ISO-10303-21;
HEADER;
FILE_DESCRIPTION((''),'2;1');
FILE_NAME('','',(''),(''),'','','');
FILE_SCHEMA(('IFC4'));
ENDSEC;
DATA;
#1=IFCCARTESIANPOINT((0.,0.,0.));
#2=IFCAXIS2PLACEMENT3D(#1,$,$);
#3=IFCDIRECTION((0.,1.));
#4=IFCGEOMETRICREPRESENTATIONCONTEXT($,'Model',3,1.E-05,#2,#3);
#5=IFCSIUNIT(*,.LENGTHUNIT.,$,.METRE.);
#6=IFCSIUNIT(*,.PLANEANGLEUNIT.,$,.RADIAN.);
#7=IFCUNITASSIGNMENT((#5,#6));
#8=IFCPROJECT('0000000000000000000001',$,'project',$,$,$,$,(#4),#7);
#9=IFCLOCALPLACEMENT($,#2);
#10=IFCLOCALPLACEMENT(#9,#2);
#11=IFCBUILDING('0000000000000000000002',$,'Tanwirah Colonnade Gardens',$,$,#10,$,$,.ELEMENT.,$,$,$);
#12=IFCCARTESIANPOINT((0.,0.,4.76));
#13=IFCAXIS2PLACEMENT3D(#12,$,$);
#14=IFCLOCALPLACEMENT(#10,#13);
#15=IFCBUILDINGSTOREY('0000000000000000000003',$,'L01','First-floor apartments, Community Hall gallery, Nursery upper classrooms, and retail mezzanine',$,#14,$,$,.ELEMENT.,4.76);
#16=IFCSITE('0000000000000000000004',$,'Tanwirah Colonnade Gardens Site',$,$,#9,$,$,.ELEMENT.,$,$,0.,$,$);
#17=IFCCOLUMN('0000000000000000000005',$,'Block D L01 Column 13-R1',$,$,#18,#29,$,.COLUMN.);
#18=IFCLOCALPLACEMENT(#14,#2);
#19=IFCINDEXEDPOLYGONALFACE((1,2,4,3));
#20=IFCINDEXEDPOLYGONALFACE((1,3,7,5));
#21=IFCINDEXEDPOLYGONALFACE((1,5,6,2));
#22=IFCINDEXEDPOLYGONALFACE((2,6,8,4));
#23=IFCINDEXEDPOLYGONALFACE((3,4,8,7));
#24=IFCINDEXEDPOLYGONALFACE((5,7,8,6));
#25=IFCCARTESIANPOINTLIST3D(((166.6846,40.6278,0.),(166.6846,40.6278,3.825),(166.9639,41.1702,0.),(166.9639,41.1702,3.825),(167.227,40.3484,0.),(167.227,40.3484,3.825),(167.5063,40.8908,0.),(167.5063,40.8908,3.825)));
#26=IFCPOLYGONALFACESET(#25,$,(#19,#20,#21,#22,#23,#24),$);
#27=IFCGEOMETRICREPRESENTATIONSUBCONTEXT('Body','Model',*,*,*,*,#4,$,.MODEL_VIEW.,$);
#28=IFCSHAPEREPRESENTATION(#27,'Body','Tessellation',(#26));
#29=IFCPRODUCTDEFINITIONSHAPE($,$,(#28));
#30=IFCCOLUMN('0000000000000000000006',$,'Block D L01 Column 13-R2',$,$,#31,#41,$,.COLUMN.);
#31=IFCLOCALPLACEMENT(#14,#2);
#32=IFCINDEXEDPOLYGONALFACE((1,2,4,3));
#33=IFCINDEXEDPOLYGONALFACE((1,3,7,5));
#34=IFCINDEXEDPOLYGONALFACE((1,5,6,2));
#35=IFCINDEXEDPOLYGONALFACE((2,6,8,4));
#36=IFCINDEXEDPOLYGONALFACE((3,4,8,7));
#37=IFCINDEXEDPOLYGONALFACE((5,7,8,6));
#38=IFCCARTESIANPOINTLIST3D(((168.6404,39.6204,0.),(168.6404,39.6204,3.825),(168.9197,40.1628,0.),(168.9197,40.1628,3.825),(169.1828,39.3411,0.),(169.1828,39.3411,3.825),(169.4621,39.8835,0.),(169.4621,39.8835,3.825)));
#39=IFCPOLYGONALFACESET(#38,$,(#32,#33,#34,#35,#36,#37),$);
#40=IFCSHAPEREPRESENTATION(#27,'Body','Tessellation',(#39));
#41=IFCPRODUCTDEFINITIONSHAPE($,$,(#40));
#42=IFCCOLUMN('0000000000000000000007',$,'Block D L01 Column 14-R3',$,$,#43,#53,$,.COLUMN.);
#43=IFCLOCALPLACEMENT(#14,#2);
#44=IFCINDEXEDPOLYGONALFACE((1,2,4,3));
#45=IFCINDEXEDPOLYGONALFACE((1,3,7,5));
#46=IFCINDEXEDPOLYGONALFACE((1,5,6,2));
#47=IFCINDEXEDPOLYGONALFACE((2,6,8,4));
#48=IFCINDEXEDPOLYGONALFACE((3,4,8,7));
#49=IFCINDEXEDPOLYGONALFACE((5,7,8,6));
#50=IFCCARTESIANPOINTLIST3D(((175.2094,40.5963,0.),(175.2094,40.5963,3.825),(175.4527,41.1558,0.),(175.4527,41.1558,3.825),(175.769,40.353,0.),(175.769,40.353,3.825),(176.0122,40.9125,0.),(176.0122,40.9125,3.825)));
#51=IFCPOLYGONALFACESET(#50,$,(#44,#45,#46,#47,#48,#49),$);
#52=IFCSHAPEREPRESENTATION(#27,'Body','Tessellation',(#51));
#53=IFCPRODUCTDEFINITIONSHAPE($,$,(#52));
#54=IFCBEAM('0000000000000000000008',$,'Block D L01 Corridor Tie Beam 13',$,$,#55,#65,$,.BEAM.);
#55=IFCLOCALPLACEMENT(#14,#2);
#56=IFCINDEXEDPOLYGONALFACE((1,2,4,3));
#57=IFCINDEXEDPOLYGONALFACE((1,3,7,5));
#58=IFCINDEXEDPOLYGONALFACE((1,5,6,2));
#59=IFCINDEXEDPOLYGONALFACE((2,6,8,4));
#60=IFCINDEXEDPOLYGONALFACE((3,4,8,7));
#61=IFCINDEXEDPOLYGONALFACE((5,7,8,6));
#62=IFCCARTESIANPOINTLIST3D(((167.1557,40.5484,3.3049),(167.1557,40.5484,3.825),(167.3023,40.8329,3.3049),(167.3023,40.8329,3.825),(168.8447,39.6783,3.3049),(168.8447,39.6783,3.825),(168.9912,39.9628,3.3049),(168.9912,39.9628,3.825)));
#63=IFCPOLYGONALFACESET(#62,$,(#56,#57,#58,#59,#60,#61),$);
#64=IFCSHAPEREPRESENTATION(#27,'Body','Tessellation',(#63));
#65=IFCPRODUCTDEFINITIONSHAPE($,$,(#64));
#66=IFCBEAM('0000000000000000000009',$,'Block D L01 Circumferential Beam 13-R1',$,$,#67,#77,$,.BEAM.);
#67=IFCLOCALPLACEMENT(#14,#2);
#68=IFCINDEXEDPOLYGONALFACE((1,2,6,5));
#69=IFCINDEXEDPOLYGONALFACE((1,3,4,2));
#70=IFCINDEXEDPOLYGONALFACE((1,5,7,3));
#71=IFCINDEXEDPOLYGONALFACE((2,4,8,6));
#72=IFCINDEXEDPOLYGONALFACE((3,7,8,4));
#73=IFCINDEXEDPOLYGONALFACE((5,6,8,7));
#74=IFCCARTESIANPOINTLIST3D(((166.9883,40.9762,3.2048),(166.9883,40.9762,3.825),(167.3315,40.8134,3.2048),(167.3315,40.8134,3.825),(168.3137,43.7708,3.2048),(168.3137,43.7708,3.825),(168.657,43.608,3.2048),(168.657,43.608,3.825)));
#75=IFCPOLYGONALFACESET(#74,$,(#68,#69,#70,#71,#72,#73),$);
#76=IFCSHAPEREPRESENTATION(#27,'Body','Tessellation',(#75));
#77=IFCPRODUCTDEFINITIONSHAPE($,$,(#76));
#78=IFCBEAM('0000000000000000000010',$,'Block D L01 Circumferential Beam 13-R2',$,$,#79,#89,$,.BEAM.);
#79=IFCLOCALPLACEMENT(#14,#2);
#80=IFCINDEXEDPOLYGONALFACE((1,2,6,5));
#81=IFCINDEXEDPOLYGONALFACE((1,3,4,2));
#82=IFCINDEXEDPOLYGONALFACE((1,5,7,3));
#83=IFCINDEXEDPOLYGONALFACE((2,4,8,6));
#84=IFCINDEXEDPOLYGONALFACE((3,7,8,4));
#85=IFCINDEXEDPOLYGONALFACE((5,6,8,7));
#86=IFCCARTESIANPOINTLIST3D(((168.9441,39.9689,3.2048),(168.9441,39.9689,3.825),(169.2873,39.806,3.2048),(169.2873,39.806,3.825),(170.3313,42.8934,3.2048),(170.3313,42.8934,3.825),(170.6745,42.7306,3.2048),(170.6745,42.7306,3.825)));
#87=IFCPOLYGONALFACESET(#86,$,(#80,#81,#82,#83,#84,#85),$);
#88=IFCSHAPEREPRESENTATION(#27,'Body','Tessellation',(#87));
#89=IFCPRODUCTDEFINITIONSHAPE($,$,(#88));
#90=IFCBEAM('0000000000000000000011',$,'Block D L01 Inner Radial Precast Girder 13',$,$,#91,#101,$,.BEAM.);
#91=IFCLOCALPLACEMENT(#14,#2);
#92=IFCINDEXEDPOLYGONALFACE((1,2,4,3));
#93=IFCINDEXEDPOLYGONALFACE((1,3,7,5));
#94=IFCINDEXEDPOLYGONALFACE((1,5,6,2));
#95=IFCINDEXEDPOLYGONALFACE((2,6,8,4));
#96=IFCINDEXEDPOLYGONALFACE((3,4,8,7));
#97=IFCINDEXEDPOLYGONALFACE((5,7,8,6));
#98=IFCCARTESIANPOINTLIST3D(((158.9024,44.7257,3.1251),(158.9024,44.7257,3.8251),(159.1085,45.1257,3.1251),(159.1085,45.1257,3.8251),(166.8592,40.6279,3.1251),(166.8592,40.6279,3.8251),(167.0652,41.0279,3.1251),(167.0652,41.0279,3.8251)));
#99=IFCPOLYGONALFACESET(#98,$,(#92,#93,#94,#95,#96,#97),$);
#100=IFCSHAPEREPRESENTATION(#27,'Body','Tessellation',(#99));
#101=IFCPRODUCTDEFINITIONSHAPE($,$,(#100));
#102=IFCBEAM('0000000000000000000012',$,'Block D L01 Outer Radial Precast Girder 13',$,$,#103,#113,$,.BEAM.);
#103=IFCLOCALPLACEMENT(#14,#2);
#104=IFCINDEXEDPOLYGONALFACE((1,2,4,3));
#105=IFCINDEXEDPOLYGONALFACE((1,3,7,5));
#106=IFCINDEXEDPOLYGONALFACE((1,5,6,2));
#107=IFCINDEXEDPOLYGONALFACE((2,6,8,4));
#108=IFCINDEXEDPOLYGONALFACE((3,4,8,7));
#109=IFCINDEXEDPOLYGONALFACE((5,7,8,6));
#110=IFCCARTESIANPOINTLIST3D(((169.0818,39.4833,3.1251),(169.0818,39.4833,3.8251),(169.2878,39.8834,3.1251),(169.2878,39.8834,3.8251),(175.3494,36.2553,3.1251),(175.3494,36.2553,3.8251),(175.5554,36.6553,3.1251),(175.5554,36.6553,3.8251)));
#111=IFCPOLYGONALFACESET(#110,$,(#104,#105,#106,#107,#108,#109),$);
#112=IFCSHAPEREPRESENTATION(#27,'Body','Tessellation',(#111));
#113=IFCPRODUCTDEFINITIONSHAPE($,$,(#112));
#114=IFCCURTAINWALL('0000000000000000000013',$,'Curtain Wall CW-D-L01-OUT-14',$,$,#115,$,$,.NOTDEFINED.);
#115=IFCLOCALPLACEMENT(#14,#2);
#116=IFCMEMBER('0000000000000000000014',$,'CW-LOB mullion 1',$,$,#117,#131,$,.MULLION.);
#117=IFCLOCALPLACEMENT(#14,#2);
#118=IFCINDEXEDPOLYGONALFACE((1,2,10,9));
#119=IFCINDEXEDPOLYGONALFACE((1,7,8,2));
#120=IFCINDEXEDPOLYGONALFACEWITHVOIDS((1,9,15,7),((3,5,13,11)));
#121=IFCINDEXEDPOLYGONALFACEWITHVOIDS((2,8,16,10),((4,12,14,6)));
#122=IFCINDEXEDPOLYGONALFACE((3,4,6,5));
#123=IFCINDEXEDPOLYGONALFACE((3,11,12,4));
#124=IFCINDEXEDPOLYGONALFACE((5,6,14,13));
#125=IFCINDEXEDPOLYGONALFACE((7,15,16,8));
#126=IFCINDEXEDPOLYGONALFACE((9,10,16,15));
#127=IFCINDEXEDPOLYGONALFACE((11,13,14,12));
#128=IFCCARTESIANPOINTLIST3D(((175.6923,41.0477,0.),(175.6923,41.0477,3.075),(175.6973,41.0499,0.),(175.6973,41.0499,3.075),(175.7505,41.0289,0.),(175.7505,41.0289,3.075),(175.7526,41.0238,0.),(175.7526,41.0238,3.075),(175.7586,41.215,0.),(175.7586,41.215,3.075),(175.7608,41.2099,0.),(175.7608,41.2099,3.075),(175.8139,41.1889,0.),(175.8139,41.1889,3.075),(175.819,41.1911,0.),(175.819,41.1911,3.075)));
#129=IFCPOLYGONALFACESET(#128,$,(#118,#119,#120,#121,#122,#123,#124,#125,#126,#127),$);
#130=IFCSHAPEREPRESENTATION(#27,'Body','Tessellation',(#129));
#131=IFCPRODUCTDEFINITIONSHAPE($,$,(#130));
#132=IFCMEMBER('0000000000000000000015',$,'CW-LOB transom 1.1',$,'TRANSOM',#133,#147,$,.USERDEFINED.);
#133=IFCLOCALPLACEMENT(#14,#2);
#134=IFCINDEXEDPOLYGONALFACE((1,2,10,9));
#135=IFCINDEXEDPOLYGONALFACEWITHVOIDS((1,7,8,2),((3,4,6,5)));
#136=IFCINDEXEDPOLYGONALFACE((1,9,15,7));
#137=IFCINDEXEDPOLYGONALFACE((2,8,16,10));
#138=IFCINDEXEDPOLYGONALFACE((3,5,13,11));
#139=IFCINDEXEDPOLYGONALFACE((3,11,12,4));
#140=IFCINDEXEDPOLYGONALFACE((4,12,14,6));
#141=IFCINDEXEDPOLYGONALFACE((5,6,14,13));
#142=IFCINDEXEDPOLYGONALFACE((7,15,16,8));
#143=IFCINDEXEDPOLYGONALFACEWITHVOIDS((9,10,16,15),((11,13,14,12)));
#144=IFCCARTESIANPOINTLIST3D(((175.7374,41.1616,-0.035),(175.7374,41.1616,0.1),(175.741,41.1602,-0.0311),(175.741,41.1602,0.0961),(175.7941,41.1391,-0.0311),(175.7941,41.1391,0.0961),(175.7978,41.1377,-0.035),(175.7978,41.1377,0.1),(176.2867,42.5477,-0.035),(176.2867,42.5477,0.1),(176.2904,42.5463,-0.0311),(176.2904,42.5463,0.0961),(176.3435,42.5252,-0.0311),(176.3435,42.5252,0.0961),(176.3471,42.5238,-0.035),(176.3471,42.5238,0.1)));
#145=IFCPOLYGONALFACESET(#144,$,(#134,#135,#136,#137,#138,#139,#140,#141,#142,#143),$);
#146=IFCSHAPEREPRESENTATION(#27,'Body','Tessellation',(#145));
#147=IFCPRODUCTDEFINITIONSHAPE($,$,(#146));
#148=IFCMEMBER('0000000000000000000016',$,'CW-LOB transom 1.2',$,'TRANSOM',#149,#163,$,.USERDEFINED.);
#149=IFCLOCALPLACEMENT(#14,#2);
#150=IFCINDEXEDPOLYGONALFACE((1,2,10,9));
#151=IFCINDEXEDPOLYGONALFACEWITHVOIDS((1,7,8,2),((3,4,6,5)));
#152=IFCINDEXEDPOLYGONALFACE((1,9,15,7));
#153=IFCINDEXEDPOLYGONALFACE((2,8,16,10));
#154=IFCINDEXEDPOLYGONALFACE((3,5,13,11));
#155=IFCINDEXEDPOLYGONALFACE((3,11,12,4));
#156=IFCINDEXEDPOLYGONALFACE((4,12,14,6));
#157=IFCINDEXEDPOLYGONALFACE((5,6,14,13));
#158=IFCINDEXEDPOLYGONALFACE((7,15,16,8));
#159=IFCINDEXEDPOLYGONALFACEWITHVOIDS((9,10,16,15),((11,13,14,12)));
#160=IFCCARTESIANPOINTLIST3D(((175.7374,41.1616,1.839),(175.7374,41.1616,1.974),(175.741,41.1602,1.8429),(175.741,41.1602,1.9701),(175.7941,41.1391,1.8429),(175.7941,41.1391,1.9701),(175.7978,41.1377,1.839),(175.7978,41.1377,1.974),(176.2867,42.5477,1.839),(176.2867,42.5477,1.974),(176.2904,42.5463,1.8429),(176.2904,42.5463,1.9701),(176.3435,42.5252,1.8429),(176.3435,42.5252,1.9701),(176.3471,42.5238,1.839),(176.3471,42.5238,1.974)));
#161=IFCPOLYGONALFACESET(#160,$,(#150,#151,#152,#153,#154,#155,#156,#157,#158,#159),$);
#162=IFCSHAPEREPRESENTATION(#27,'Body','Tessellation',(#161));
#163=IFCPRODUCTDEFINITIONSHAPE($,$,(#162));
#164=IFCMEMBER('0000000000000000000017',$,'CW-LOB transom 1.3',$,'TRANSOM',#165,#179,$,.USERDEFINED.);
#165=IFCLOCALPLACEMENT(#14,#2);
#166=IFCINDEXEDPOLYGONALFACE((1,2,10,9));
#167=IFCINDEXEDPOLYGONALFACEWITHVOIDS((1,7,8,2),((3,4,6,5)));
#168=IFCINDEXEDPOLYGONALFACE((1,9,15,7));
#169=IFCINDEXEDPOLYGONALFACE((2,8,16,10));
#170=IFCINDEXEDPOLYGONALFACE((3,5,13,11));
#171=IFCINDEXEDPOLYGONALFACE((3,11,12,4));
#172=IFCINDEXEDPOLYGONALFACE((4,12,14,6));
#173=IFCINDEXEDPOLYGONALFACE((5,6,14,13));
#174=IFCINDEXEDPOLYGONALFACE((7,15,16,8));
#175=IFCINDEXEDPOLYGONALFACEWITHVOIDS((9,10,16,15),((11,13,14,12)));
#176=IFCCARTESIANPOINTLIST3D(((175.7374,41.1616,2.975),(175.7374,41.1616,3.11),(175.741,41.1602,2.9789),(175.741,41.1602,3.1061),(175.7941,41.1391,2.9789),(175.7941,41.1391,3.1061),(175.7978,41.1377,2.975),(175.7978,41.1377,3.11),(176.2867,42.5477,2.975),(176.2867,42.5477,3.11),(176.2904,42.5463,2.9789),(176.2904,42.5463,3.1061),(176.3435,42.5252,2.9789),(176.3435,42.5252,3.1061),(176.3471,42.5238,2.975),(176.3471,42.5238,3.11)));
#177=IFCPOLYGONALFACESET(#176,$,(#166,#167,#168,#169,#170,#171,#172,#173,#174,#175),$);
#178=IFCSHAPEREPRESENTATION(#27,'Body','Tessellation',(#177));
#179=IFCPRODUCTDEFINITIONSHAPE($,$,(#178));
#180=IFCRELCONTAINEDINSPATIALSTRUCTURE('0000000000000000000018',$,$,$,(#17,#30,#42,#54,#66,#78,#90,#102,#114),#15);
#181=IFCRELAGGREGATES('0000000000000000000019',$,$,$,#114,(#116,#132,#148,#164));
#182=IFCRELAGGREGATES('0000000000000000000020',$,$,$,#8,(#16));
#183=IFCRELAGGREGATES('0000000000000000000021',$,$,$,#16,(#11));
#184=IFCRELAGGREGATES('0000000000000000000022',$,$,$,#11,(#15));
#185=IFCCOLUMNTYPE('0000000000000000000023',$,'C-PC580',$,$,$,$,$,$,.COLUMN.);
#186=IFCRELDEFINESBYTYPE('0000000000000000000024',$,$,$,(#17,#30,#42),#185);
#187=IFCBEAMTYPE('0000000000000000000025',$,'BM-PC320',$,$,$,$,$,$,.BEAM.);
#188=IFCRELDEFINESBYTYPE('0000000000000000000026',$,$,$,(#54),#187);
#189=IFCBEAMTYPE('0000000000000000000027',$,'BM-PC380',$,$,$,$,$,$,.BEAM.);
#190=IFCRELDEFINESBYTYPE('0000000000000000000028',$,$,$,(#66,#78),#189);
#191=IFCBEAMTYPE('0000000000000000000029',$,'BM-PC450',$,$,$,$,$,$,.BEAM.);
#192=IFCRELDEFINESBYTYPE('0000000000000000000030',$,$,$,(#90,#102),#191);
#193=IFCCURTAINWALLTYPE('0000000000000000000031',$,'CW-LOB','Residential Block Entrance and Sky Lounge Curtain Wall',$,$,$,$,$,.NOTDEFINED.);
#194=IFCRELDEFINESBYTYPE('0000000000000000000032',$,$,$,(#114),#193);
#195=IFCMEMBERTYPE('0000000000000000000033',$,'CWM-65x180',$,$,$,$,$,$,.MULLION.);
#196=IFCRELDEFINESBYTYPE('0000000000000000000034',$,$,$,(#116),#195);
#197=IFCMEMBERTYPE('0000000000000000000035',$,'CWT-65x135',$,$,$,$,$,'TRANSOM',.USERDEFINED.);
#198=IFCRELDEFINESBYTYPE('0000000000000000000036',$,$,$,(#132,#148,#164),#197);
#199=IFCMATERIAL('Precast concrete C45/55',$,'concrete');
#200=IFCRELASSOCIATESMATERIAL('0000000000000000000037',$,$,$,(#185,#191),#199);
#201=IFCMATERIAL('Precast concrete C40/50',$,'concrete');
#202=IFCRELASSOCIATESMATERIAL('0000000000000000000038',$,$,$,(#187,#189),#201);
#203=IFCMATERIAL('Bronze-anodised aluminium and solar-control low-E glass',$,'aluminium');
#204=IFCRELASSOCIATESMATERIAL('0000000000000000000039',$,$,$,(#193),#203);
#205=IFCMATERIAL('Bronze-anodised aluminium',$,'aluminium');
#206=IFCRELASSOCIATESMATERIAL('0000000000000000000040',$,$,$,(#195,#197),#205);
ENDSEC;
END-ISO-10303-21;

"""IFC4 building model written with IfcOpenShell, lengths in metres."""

from ifc_helpers import new_model, si_unit, direction, frame, origin, origin_2d, place, context, subcontext, project, spatial, rectangle, hollow_rectangle, extrude, material, material_profile, profile_set, type_object, element, aggregate, save


model = new_model("IFC4")

# Units and contexts
model_context = context("Model", 3, precision=1e-05, world=origin(), true_north=direction((0.0, 1.0)))
body_context = subcontext(model_context, "Body", "Model", "MODEL_VIEW")
ifc_project = project(units=[si_unit("LENGTHUNIT", "METRE"), si_unit("PLANEANGLEUNIT", "RADIAN")], contexts=[model_context])

# Site, building, storey
site_placement = place(None, origin())
site = spatial("IfcSite", under=ifc_project, at=site_placement, Name="Tanwirah Colonnade Gardens Site", CompositionType="ELEMENT", RefElevation=0.0)
building_placement = place(site_placement, origin())
building = spatial("IfcBuilding", under=site, at=building_placement, Name="Tanwirah Colonnade Gardens", CompositionType="ELEMENT")
storey_placement = place(building_placement, frame((0.0, 0.0, 4.76)))
storey = spatial("IfcBuildingStorey", under=building, at=storey_placement, Name="L01", Description="First-floor apartments, Community Hall gallery, Nursery upper classrooms, and retail mezzanine", CompositionType="ELEMENT", Elevation=4.76)

# Columns
ifc_material_1 = material(Name="Precast concrete C45/55", Category="concrete")
ifc_material_profile_1 = material_profile(ifc_material_1, rectangle(XDim=0.6101, YDim=0.6101, at=origin_2d()), Name="PC-COL 610x610")
ifc_profile_set_1 = profile_set([ifc_material_profile_1], Name="Precast concrete C45/55")
column_type = type_object("IfcColumnType", Name="C-PC580", PredefinedType="COLUMN", material=ifc_profile_set_1)
for number, where, z_axis, x_axis, name in (
    (1, (167.0955, 40.7593, 0.0), (0.0, 0.0, 1.0), (0.889017, -0.457874, 0.0), "Block D L01 Column 13-R1"),
    (2, (169.0513, 39.752, 0.0), (0.0, 0.0, 1.0), (0.889017, -0.457874, 0.0), "Block D L01 Column 13-R2"),
    (3, (175.6108, 40.7544, 0.0), (0.0, 0.0, 1.0), (0.91706, -0.398749, 0.0), "Block D L01 Column 14-R3"),
):
    element("IfcColumn", number, at=place(storey_placement, frame(where, z_axis=z_axis, x_axis=x_axis)), inside=storey, type_object=column_type, Name=name, PredefinedType="COLUMN", context=body_context, shape_type="SweptSolid", body=[
        extrude(rectangle(XDim=0.6101, YDim=0.6101, at=origin_2d()), origin(), (0.0, 0.0, 1.0), 3.825),
    ])

# Beams
ifc_material_2 = material(Name="Precast concrete C40/50", Category="concrete")
ifc_material_profile_2 = material_profile(ifc_material_2, rectangle(XDim=0.3201, YDim=0.52, at=origin_2d()), Name="PC-BM 320x520")
ifc_profile_set_2 = profile_set([ifc_material_profile_2], Name="Precast concrete C40/50")
beam_type_1 = type_object("IfcBeamType", Name="BM-PC320", PredefinedType="BEAM", material=ifc_profile_set_2)
beam_1_placement = place(storey_placement, frame((167.229, 40.6907, 3.5649), z_axis=(0.888965, -0.457975, 0.0), x_axis=(0.457975, 0.888965, 0.0)))
element("IfcBeam", 4, at=beam_1_placement, inside=storey, type_object=beam_type_1, Name="Block D L01 Corridor Tie Beam 13", PredefinedType="BEAM", context=body_context, shape_type="SweptSolid", body=[
    extrude(rectangle(XDim=0.3201, YDim=0.52, at=origin_2d()), origin(), (0.0, 0.0, 1.0), 1.8999),
])
ifc_material_profile_3 = material_profile(ifc_material_2, rectangle(XDim=0.3799, YDim=0.6201, at=origin_2d()), Name="PC-BM 380x620")
ifc_profile_set_3 = profile_set([ifc_material_profile_3], Name="Precast concrete C40/50")
beam_type_2 = type_object("IfcBeamType", Name="BM-PC380", PredefinedType="BEAM", material=ifc_profile_set_3)
beam_2_placement = place(storey_placement, frame((167.1599, 40.8948, 3.5149), z_axis=(0.428521, 0.903532, 0.0), x_axis=(-0.903532, 0.428521, 0.0)))
element("IfcBeam", 5, at=beam_2_placement, inside=storey, type_object=beam_type_2, Name="Block D L01 Circumferential Beam 13-R1", PredefinedType="BEAM", context=body_context, shape_type="SweptSolid", body=[
    extrude(rectangle(XDim=0.3799, YDim=0.6201, at=origin_2d()), origin(), (0.0, 0.0, 1.0), 3.093),
])
beam_3_placement = place(storey_placement, frame((169.1157, 39.8875, 3.5149), z_axis=(0.428563, 0.903512, 0.0), x_axis=(-0.903512, 0.428563, 0.0)))
element("IfcBeam", 6, at=beam_3_placement, inside=storey, type_object=beam_type_2, Name="Block D L01 Circumferential Beam 13-R2", PredefinedType="BEAM", context=body_context, shape_type="SweptSolid", body=[
    extrude(rectangle(XDim=0.3799, YDim=0.6201, at=origin_2d()), origin(), (0.0, 0.0, 1.0), 3.2368),
])
ifc_material_profile_4 = material_profile(ifc_material_1, rectangle(XDim=0.45, YDim=0.7, at=origin_2d()), Name="PC-BM 450x700")
ifc_profile_set_4 = profile_set([ifc_material_profile_4], Name="Precast concrete C45/55")
beam_type_3 = type_object("IfcBeamType", Name="BM-PC450", PredefinedType="BEAM", material=ifc_profile_set_4)
beam_4_placement = place(storey_placement, frame((166.9622, 40.8279, 3.4751), z_axis=(-0.889022, 0.457864, 0.0), x_axis=(-0.457864, -0.889022, 0.0)))
element("IfcBeam", 7, at=beam_4_placement, inside=storey, type_object=beam_type_3, Name="Block D L01 Inner Radial Precast Girder 13", PredefinedType="BEAM", context=body_context, shape_type="SweptSolid", body=[
    extrude(rectangle(XDim=0.45, YDim=0.7, at=origin_2d()), origin(), (0.0, 0.0, 1.0), 8.95),
])
beam_5_placement = place(storey_placement, frame((169.1848, 39.6833, 3.4751), z_axis=(0.889016, -0.457875, 0.0), x_axis=(0.457875, 0.889016, 0.0)))
element("IfcBeam", 8, at=beam_5_placement, inside=storey, type_object=beam_type_3, Name="Block D L01 Outer Radial Precast Girder 13", PredefinedType="BEAM", context=body_context, shape_type="SweptSolid", body=[
    extrude(rectangle(XDim=0.45, YDim=0.7, at=origin_2d()), origin(), (0.0, 0.0, 1.0), 7.05),
])

# Curtain wall, members
ifc_material_3 = material(Name="Bronze-anodised aluminium and solar-control low-E glass", Category="aluminium")
curtain_wall_type = type_object("IfcCurtainWallType", Name="CW-LOB", Description="Residential Block Entrance and Sky Lounge Curtain Wall", PredefinedType="NOTDEFINED", material=ifc_material_3)
curtain_wall_placement = place(storey_placement, origin())
curtain_wall = element("IfcCurtainWall", 9, at=curtain_wall_placement, inside=storey, type_object=curtain_wall_type, Name="Curtain Wall CW-D-L01-OUT-14", PredefinedType="NOTDEFINED")
ifc_material_4 = material(Name="Bronze-anodised aluminium", Category="aluminium")
ifc_material_profile_5 = material_profile(ifc_material_4, hollow_rectangle(XDim=0.0649, YDim=0.1799, WallThickness=0.0039, at=origin_2d()), Name="CW-MUL 65x180x4")
ifc_profile_set_5 = profile_set([ifc_material_profile_5], Name="Bronze-anodised aluminium")
member_type_1 = type_object("IfcMemberType", Name="CWM-65x180", PredefinedType="MULLION", material=ifc_profile_set_5)
member_1_placement = place(storey_placement, frame((175.7556, 41.1194, 0.0), z_axis=(0.0, 0.0, 1.0), x_axis=(-0.929616, 0.368529, 0.0)))
member_1 = element("IfcMember", 10, at=member_1_placement, type_object=member_type_1, Name="CW-LOB mullion 1", PredefinedType="MULLION", context=body_context, shape_type="SweptSolid", body=[
    extrude(hollow_rectangle(XDim=0.0649, YDim=0.1799, WallThickness=0.0039, at=origin_2d()), origin(), (0.0, 0.0, 1.0), 3.075),
])
ifc_material_profile_6 = material_profile(ifc_material_4, hollow_rectangle(XDim=0.0649, YDim=0.135, WallThickness=0.0039, at=origin_2d()), Name="CW-TRN 65x135x4")
ifc_profile_set_6 = profile_set([ifc_material_profile_6], Name="Bronze-anodised aluminium")
member_type_2 = type_object("IfcMemberType", Name="CWT-65x135", ElementType="TRANSOM", PredefinedType="USERDEFINED", material=ifc_profile_set_6)
member_2_placement = place(storey_placement, frame((175.7676, 41.1497, 0.0325), z_axis=(0.368452, 0.929647, 0.0), x_axis=(-0.929647, 0.368452, 0.0)))
member_2 = element("IfcMember", 11, at=member_2_placement, type_object=member_type_2, Name="CW-LOB transom 1.1", ObjectType="TRANSOM", PredefinedType="USERDEFINED", context=body_context, shape_type="SweptSolid", body=[
    extrude(hollow_rectangle(XDim=0.0649, YDim=0.135, WallThickness=0.0039, at=origin_2d()), origin(), (0.0, 0.0, 1.0), 1.491),
])
member_3_placement = place(storey_placement, frame((175.7676, 41.1497, 1.9065), z_axis=(0.368452, 0.929647, 0.0), x_axis=(-0.929647, 0.368452, 0.0)))
member_3 = element("IfcMember", 12, at=member_3_placement, type_object=member_type_2, Name="CW-LOB transom 1.2", ObjectType="TRANSOM", PredefinedType="USERDEFINED", context=body_context, shape_type="SweptSolid", body=[
    extrude(hollow_rectangle(XDim=0.0649, YDim=0.135, WallThickness=0.0039, at=origin_2d()), origin(), (0.0, 0.0, 1.0), 1.491),
])
member_4_placement = place(storey_placement, frame((175.7676, 41.1497, 3.0425), z_axis=(0.368452, 0.929647, 0.0), x_axis=(-0.929647, 0.368452, 0.0)))
member_4 = element("IfcMember", 13, at=member_4_placement, type_object=member_type_2, Name="CW-LOB transom 1.3", ObjectType="TRANSOM", PredefinedType="USERDEFINED", context=body_context, shape_type="SweptSolid", body=[
    extrude(hollow_rectangle(XDim=0.0649, YDim=0.135, WallThickness=0.0039, at=origin_2d()), origin(), (0.0, 0.0, 1.0), 1.491),
])

aggregate(curtain_wall, [member_1, member_2, member_3, member_4])

save(model, "model.ifc")
